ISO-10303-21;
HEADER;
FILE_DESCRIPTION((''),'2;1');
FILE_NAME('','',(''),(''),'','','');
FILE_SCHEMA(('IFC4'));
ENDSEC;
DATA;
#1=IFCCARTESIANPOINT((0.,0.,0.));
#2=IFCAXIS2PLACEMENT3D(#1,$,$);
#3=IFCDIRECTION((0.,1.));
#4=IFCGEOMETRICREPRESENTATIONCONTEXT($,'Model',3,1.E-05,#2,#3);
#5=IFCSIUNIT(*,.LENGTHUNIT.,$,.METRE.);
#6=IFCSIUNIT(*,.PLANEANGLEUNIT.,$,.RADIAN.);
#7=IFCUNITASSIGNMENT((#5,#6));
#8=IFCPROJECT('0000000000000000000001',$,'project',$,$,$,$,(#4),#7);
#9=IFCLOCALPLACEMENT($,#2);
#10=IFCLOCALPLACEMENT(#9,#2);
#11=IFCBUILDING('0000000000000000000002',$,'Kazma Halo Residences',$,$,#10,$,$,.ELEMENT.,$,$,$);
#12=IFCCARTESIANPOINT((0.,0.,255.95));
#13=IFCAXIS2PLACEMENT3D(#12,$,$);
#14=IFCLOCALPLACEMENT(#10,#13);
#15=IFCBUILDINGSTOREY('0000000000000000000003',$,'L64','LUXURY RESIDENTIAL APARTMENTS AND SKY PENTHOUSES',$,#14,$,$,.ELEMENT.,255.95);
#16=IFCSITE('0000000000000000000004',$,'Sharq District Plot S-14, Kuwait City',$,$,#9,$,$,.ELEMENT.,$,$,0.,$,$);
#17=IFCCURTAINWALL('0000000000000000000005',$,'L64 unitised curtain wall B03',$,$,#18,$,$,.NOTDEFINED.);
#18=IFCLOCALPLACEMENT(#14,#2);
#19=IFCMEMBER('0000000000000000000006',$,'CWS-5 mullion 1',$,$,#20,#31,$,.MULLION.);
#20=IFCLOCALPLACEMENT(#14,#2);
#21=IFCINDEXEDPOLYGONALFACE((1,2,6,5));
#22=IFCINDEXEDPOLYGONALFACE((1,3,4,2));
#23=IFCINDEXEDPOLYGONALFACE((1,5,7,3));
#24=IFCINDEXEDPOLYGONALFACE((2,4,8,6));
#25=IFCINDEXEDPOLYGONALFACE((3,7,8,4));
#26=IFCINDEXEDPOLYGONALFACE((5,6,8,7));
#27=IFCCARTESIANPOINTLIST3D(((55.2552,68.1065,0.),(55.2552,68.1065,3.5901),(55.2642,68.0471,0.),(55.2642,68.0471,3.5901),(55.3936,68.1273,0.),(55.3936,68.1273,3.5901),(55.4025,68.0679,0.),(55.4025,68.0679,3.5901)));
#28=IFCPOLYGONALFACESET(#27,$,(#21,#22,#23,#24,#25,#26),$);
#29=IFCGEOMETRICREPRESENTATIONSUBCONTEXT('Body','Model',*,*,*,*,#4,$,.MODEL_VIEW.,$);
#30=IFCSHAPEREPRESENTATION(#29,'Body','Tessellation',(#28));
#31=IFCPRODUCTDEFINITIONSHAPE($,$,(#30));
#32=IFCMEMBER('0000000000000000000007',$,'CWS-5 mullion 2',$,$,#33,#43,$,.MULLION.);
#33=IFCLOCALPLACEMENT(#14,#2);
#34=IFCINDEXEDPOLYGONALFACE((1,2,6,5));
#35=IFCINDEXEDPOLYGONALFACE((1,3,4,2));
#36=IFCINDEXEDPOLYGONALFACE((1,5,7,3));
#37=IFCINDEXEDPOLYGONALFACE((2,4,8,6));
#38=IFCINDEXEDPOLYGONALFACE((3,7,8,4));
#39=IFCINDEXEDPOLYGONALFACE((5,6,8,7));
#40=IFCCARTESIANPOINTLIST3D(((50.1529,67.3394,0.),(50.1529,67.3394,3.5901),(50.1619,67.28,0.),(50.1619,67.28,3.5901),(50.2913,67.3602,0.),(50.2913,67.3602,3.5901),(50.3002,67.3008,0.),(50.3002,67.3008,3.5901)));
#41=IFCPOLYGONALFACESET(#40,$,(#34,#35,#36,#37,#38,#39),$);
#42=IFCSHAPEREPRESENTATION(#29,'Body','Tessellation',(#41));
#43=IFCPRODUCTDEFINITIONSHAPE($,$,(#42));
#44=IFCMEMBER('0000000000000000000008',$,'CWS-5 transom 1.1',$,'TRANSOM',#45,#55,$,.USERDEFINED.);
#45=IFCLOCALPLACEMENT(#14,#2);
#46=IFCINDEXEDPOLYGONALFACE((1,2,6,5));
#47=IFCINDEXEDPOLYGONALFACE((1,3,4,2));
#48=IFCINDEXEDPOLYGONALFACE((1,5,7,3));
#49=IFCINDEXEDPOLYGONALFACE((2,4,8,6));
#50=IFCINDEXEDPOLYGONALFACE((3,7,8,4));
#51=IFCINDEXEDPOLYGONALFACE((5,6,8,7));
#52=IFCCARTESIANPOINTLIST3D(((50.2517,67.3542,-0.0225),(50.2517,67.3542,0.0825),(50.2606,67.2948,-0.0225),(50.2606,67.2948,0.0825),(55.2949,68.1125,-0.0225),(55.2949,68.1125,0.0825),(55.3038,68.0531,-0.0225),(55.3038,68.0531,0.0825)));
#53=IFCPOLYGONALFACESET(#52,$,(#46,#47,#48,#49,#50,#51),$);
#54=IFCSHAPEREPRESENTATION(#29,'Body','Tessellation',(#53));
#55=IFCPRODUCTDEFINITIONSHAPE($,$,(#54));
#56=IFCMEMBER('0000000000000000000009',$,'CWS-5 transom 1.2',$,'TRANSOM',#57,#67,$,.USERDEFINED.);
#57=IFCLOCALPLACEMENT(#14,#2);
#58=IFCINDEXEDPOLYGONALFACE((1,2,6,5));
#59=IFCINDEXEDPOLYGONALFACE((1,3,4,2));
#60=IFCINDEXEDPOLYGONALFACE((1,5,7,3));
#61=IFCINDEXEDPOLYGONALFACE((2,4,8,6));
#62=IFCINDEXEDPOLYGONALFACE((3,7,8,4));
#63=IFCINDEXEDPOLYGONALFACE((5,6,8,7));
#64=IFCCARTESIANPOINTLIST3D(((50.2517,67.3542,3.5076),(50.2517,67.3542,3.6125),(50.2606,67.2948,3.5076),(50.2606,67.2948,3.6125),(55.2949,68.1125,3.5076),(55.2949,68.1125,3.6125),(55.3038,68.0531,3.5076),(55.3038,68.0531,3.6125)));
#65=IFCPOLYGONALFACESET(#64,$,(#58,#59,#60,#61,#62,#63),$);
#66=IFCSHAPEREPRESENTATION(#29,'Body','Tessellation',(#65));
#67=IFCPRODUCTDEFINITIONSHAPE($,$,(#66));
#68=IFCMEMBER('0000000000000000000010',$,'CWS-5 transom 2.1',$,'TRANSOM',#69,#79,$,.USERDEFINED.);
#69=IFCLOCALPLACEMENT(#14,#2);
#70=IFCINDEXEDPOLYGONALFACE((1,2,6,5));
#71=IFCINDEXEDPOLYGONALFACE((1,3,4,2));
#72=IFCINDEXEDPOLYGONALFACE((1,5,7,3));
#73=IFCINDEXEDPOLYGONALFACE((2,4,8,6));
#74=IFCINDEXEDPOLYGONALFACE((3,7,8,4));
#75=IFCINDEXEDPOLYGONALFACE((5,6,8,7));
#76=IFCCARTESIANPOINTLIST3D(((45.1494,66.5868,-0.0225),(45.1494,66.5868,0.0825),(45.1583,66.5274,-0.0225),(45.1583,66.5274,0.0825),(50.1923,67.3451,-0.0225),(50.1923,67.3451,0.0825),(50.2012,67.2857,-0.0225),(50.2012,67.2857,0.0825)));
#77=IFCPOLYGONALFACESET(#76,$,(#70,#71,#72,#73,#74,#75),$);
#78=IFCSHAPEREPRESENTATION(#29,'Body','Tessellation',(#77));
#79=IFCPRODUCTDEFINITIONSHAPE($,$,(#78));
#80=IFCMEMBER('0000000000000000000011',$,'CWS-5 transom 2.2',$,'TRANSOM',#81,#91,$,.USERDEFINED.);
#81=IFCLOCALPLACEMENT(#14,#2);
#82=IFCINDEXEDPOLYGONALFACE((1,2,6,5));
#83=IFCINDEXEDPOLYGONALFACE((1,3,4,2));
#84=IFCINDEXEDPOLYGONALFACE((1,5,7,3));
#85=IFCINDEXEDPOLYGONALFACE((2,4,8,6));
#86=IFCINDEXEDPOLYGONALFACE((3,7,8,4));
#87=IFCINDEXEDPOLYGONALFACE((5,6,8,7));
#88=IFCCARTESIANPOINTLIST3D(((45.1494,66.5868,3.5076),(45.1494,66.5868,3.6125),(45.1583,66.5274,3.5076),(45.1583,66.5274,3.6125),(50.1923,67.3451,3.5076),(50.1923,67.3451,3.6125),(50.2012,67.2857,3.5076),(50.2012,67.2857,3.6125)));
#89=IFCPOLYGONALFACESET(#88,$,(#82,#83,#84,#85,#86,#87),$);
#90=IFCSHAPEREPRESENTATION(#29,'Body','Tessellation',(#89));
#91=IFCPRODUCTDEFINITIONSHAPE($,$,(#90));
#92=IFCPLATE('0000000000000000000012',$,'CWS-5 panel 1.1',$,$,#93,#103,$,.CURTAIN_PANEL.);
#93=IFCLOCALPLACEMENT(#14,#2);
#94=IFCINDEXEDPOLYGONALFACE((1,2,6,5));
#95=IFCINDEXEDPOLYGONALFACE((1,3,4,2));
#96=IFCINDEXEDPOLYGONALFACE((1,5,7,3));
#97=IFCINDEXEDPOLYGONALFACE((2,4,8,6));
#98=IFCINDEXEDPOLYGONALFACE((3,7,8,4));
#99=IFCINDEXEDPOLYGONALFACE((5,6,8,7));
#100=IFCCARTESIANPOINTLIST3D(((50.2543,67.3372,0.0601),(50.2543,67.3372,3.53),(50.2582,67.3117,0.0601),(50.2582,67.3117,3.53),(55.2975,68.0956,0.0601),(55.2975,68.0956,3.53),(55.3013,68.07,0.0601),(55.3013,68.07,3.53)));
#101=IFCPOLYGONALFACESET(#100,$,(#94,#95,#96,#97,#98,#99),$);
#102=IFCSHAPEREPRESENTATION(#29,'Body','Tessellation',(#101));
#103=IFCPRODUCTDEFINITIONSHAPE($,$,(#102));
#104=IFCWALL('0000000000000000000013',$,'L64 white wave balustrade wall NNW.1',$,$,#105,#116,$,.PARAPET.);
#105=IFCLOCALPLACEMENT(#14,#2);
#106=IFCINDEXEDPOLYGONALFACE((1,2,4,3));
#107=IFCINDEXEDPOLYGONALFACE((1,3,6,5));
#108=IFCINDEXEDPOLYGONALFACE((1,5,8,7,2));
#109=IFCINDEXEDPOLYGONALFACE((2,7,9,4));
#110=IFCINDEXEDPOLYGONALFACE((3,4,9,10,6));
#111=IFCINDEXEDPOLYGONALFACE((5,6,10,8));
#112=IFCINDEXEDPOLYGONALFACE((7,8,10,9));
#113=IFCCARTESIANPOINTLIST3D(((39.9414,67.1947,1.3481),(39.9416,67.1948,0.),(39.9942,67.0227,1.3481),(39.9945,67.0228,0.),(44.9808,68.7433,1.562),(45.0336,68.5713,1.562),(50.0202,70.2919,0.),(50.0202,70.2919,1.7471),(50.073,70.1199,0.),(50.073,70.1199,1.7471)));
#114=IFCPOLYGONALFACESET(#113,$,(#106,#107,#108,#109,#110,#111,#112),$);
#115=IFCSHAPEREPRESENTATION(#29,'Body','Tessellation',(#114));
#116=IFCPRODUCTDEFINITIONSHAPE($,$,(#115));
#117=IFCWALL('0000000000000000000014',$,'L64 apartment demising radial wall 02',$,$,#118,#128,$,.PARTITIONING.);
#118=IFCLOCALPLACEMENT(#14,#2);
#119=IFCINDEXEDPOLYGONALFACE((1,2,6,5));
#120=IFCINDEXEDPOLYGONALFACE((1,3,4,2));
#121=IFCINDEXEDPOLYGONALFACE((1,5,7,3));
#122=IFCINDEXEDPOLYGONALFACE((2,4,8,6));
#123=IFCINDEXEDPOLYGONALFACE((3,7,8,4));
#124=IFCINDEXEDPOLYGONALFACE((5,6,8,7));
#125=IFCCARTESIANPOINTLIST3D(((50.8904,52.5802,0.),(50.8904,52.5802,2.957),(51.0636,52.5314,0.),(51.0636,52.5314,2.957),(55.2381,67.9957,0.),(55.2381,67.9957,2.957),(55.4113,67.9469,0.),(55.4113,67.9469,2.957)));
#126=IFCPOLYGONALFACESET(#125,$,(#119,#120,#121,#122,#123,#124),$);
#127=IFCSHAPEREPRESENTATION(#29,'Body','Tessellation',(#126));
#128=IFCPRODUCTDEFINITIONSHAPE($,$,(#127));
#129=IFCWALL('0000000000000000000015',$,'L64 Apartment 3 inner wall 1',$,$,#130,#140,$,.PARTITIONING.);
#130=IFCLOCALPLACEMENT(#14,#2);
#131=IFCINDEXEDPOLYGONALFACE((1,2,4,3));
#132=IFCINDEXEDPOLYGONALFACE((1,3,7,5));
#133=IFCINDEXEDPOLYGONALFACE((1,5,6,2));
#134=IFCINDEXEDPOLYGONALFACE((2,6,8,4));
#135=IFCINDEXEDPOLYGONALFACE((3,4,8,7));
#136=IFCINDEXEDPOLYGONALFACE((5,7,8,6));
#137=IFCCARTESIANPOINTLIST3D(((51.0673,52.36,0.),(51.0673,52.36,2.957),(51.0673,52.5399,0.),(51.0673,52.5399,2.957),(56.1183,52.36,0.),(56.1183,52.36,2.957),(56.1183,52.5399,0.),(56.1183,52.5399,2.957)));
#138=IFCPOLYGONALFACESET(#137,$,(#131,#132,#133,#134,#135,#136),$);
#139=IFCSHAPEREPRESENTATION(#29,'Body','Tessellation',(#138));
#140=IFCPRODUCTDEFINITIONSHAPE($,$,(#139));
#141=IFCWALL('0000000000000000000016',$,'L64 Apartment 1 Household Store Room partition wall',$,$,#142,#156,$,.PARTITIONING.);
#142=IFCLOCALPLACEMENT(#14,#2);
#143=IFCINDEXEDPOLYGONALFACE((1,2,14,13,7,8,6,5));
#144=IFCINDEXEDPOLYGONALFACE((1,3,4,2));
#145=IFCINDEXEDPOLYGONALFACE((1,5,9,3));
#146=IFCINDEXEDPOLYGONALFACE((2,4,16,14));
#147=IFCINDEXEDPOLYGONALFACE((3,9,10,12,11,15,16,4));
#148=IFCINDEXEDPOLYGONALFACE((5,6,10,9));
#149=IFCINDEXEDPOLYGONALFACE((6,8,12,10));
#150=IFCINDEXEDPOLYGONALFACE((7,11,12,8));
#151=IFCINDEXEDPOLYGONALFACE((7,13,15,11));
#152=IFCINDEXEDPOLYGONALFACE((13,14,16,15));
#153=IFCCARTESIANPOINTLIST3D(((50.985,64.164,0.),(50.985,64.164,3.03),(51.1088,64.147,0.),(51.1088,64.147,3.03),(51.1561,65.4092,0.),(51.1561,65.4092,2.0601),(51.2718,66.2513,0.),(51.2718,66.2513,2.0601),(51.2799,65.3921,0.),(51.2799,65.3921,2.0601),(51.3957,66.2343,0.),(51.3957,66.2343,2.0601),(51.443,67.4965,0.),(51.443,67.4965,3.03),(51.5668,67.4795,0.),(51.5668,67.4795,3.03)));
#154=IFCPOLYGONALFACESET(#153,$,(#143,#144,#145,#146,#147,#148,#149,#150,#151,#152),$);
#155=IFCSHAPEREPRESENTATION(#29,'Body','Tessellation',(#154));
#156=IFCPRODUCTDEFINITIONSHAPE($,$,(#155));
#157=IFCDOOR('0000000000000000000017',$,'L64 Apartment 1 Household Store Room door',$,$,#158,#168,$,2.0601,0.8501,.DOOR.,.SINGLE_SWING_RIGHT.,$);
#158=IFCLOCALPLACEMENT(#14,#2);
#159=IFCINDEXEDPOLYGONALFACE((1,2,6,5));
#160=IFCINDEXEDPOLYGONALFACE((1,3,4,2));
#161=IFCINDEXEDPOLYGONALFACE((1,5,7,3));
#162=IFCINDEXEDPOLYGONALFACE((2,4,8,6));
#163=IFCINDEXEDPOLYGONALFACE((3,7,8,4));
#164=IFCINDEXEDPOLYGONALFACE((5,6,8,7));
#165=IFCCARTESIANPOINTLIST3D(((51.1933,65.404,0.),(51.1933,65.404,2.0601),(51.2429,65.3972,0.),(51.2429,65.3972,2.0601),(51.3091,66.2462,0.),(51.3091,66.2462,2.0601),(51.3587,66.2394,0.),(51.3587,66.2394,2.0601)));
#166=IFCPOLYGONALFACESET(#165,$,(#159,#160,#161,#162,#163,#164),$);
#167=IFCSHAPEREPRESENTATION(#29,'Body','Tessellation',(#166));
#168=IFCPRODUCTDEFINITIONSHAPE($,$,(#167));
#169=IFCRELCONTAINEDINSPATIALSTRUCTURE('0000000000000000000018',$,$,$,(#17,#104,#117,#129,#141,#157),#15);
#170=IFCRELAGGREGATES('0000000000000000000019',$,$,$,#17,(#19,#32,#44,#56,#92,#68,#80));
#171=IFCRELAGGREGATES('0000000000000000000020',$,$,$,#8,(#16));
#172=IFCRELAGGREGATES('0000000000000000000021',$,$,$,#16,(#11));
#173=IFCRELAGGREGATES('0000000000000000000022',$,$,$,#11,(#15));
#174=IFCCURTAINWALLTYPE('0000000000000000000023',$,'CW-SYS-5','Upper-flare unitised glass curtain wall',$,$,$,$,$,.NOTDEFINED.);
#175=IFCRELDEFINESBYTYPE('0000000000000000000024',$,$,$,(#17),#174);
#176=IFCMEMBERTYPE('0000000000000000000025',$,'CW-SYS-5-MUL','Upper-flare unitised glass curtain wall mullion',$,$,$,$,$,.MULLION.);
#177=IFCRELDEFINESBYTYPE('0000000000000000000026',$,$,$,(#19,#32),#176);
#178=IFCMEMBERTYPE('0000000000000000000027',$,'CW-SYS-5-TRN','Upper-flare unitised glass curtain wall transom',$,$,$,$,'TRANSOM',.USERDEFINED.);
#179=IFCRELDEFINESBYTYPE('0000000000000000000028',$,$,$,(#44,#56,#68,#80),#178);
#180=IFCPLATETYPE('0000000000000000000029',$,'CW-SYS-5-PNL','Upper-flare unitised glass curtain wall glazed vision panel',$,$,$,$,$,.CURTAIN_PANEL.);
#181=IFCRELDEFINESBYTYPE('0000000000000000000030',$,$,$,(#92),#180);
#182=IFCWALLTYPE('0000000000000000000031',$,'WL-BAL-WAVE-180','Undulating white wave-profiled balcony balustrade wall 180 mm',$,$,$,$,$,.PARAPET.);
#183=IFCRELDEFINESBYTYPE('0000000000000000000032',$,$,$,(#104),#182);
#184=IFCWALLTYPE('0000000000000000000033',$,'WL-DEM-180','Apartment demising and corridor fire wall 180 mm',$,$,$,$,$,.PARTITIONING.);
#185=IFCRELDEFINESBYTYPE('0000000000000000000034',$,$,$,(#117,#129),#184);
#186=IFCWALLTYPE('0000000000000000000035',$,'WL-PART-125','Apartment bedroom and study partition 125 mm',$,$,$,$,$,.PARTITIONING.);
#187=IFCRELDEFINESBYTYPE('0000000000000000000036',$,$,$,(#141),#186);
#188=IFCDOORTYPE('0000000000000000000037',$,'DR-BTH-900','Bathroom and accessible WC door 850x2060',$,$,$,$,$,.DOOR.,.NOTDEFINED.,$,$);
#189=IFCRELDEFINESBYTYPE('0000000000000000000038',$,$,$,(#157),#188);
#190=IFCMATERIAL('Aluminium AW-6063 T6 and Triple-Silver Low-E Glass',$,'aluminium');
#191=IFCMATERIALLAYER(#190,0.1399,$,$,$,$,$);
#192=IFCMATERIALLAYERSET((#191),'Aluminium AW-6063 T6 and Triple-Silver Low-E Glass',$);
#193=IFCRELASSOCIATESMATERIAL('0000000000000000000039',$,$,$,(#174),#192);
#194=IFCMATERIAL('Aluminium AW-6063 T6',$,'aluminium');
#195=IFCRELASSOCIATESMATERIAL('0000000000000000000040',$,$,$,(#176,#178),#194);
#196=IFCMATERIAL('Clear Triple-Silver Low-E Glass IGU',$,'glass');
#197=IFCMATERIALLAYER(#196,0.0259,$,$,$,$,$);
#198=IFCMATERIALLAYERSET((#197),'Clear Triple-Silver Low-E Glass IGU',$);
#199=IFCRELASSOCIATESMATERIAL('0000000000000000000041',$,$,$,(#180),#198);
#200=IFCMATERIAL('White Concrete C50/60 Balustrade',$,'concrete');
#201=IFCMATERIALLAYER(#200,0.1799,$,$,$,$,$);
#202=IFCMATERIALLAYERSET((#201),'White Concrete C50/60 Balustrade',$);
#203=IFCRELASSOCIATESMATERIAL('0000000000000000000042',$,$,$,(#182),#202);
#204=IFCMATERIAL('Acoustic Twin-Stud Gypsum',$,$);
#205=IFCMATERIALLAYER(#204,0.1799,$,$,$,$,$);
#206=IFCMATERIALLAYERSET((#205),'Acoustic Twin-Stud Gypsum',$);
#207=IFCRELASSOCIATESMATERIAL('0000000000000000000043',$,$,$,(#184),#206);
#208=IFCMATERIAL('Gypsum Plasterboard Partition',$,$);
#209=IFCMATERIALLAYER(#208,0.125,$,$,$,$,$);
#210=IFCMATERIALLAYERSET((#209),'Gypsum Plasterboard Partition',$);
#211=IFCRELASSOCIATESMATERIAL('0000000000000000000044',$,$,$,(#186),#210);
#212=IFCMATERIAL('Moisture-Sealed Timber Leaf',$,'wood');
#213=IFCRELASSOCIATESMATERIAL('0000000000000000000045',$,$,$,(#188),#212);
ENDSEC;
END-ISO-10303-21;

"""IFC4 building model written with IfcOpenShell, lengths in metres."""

from ifc_helpers import new_model, si_unit, direction, frame, frame_2d, origin, origin_2d, place, context, subcontext, project, spatial, polyline, rectangle, outline, extrude, material, layer, layer_set, material_profile, profile_set, type_object, element, fill, aggregate, save


model = new_model("IFC4")

# Units and contexts
model_context = context("Model", 3, precision=1e-05, world=origin(), true_north=direction((0.0, 1.0)))
body_context = subcontext(model_context, "Body", "Model", "MODEL_VIEW")
ifc_project = project(units=[si_unit("LENGTHUNIT", "METRE"), si_unit("PLANEANGLEUNIT", "RADIAN")], contexts=[model_context])

# Site, building, storey
site_placement = place(None, origin())
site = spatial("IfcSite", under=ifc_project, at=site_placement, Name="Sharq District Plot S-14, Kuwait City", CompositionType="ELEMENT", RefElevation=0.0)
building_placement = place(site_placement, origin())
building = spatial("IfcBuilding", under=site, at=building_placement, Name="Kazma Halo Residences", CompositionType="ELEMENT")
storey_placement = place(building_placement, frame((0.0, 0.0, 255.95)))
storey = spatial("IfcBuildingStorey", under=building, at=storey_placement, Name="L64", Description="LUXURY RESIDENTIAL APARTMENTS AND SKY PENTHOUSES", CompositionType="ELEMENT", Elevation=255.95)

# Curtain wall, members, plate
ifc_material_1 = material(Name="Aluminium AW-6063 T6 and Triple-Silver Low-E Glass", Category="aluminium")
ifc_layer_1 = layer(ifc_material_1, 0.1399)
ifc_layer_set_1 = layer_set([ifc_layer_1], Name="Aluminium AW-6063 T6 and Triple-Silver Low-E Glass")
curtain_wall_type = type_object("IfcCurtainWallType", Name="CW-SYS-5", Description="Upper-flare unitised glass curtain wall", PredefinedType="NOTDEFINED", material=ifc_layer_set_1)
curtain_wall_placement = place(storey_placement, origin())
curtain_wall = element("IfcCurtainWall", 1, at=curtain_wall_placement, inside=storey, type_object=curtain_wall_type, Name="L64 unitised curtain wall B03", PredefinedType="NOTDEFINED")
ifc_material_2 = material(Name="Aluminium AW-6063 T6", Category="aluminium")
ifc_material_profile_1 = material_profile(ifc_material_2, rectangle(XDim=0.0601, YDim=0.1399, at=origin_2d()), Name="CWM-60x140")
ifc_profile_set_1 = profile_set([ifc_material_profile_1], Name="Aluminium AW-6063 T6")
member_type_1 = type_object("IfcMemberType", Name="CW-SYS-5-MUL", Description="Upper-flare unitised glass curtain wall mullion", PredefinedType="MULLION", material=ifc_profile_set_1)
member_1_placement = place(storey_placement, frame((55.3289, 68.0872, 0.0), z_axis=(0.0, 0.0, 1.0), x_axis=(0.148697, -0.988883, 0.0)))
member_1 = element("IfcMember", 2, at=member_1_placement, type_object=member_type_1, Name="CWS-5 mullion 1", PredefinedType="MULLION", context=body_context, shape_type="SweptSolid", body=[
    extrude(rectangle(XDim=0.0601, YDim=0.1399, at=origin_2d()), origin(), (0.0, 0.0, 1.0), 3.5901),
])
member_2_placement = place(storey_placement, frame((50.2266, 67.3201, 0.0), z_axis=(0.0, 0.0, 1.0), x_axis=(0.148697, -0.988883, 0.0)))
member_2 = element("IfcMember", 3, at=member_2_placement, type_object=member_type_1, Name="CWS-5 mullion 2", PredefinedType="MULLION", context=body_context, shape_type="SweptSolid", body=[
    extrude(rectangle(XDim=0.0601, YDim=0.1399, at=origin_2d()), origin(), (0.0, 0.0, 1.0), 3.5901),
])
ifc_material_profile_2 = material_profile(ifc_material_2, rectangle(XDim=0.0601, YDim=0.105, at=origin_2d()), Name="CWT-60x105")
ifc_profile_set_2 = profile_set([ifc_material_profile_2], Name="Aluminium AW-6063 T6")
member_type_2 = type_object("IfcMemberType", Name="CW-SYS-5-TRN", Description="Upper-flare unitised glass curtain wall transom", ElementType="TRANSOM", PredefinedType="USERDEFINED", material=ifc_profile_set_2)
member_3_placement = place(storey_placement, frame((55.2993, 68.0828, 0.03), z_axis=(-0.988884, -0.148689, 0.0), x_axis=(0.148689, -0.988884, 0.0)))
member_3 = element("IfcMember", 4, at=member_3_placement, type_object=member_type_2, Name="CWS-5 transom 1.1", ObjectType="TRANSOM", PredefinedType="USERDEFINED", context=body_context, shape_type="SweptSolid", body=[
    extrude(rectangle(XDim=0.0601, YDim=0.105, at=origin_2d()), origin(), (0.0, 0.0, 1.0), 5.0999),
])
member_4_placement = place(storey_placement, frame((55.2993, 68.0828, 3.5601), z_axis=(-0.988884, -0.148689, 0.0), x_axis=(0.148689, -0.988884, 0.0)))
member_4 = element("IfcMember", 5, at=member_4_placement, type_object=member_type_2, Name="CWS-5 transom 1.2", ObjectType="TRANSOM", PredefinedType="USERDEFINED", context=body_context, shape_type="SweptSolid", body=[
    extrude(rectangle(XDim=0.0601, YDim=0.105, at=origin_2d()), origin(), (0.0, 0.0, 1.0), 5.0999),
])
member_5_placement = place(storey_placement, frame((50.1968, 67.3154, 0.03), z_axis=(-0.988883, -0.148696, 0.0), x_axis=(0.148696, -0.988883, 0.0)))
member_5 = element("IfcMember", 6, at=member_5_placement, type_object=member_type_2, Name="CWS-5 transom 2.1", ObjectType="TRANSOM", PredefinedType="USERDEFINED", context=body_context, shape_type="SweptSolid", body=[
    extrude(rectangle(XDim=0.0601, YDim=0.105, at=origin_2d()), origin(), (0.0, 0.0, 1.0), 5.0996),
])
member_6_placement = place(storey_placement, frame((50.1968, 67.3154, 3.5601), z_axis=(-0.988883, -0.148696, 0.0), x_axis=(0.148696, -0.988883, 0.0)))
member_6 = element("IfcMember", 7, at=member_6_placement, type_object=member_type_2, Name="CWS-5 transom 2.2", ObjectType="TRANSOM", PredefinedType="USERDEFINED", context=body_context, shape_type="SweptSolid", body=[
    extrude(rectangle(XDim=0.0601, YDim=0.105, at=origin_2d()), origin(), (0.0, 0.0, 1.0), 5.0996),
])
ifc_material_3 = material(Name="Clear Triple-Silver Low-E Glass IGU", Category="glass")
ifc_layer_2 = layer(ifc_material_3, 0.0259)
ifc_layer_set_2 = layer_set([ifc_layer_2], Name="Clear Triple-Silver Low-E Glass IGU")
plate_type = type_object("IfcPlateType", Name="CW-SYS-5-PNL", Description="Upper-flare unitised glass curtain wall glazed vision panel", PredefinedType="CURTAIN_PANEL", material=ifc_layer_set_2)
plate_placement = place(storey_placement, frame((52.7778, 67.7036, 0.0601), z_axis=(0.0, 0.0, 1.0), x_axis=(-0.988883, -0.148697, 0.0)))
plate = element("IfcPlate", 8, at=plate_placement, type_object=plate_type, Name="CWS-5 panel 1.1", PredefinedType="CURTAIN_PANEL", context=body_context, shape_type="SweptSolid", body=[
    extrude(rectangle(XDim=5.0999, YDim=0.0259, at=origin_2d()), origin(), (0.0, 0.0, 1.0), 3.47),
])
aggregate(curtain_wall, [member_1, member_2, member_3, member_4, plate, member_5, member_6])

# Walls
ifc_material_4 = material(Name="White Concrete C50/60 Balustrade", Category="concrete")
ifc_layer_3 = layer(ifc_material_4, 0.1799)
ifc_layer_set_3 = layer_set([ifc_layer_3], Name="White Concrete C50/60 Balustrade")
wall_type_1 = type_object("IfcWallType", Name="WL-BAL-WAVE-180", Description="Undulating white wave-profiled balcony balustrade wall 180 mm", PredefinedType="PARAPET", material=ifc_layer_set_3)
wall_1_placement = place(storey_placement, frame((50.0466, 70.2058, 0.0), z_axis=(0.0, 0.0, 1.0), x_axis=(-0.955884, -0.293744, 0.0)))
element("IfcWall", 9, at=wall_1_placement, inside=storey, type_object=wall_type_1, Name="L64 white wave balustrade wall NNW.1", PredefinedType="PARAPET", context=body_context, shape_type="SweptSolid", body=[
    extrude(outline(polyline([(0.0, 0.0), (10.5437, 0.0), (10.5439, 1.3481), (5.272, 1.562), (0.0, 1.7471), (0.0, 0.0)])), frame((0.0, 0.0898, 0.0), z_axis=(0.0, -1.0, 0.0), x_axis=(1.0, 0.0, 0.0)), (0.0, 0.0, 1.0), 0.1799),
])
ifc_material_5 = material(Name="Acoustic Twin-Stud Gypsum")
ifc_layer_4 = layer(ifc_material_5, 0.1799)
ifc_layer_set_4 = layer_set([ifc_layer_4], Name="Acoustic Twin-Stud Gypsum")
wall_type_2 = type_object("IfcWallType", Name="WL-DEM-180", Description="Apartment demising and corridor fire wall 180 mm", PredefinedType="PARTITIONING", material=ifc_layer_set_4)
wall_2_placement = place(storey_placement, frame((50.9771, 52.5559, 0.0), z_axis=(0.0, 0.0, 1.0), x_axis=(0.271442, 0.962455, 0.0)))
element("IfcWall", 10, at=wall_2_placement, inside=storey, type_object=wall_type_2, Name="L64 apartment demising radial wall 02", PredefinedType="PARTITIONING", context=body_context, shape_type="SweptSolid", body=[
    extrude(rectangle(XDim=16.0168, YDim=0.1799, at=frame_2d((8.0083, 0.0))), origin(), (0.0, 0.0, 1.0), 2.957),
])
wall_3_placement = place(storey_placement, frame((56.1182, 52.45, 0.0), z_axis=(0.0, 0.0, 1.0), x_axis=(-1.0, 0.0, 0.0)))
element("IfcWall", 11, at=wall_3_placement, inside=storey, type_object=wall_type_2, Name="L64 Apartment 3 inner wall 1", PredefinedType="PARTITIONING", context=body_context, shape_type="SweptSolid", body=[
    extrude(rectangle(XDim=5.051, YDim=0.1799, at=frame_2d((2.5254, 0.0))), origin(), (0.0, 0.0, 1.0), 2.957),
])

# Wall, opening, door
ifc_material_6 = material(Name="Gypsum Plasterboard Partition")
ifc_layer_5 = layer(ifc_material_6, 0.125)
ifc_layer_set_5 = layer_set([ifc_layer_5], Name="Gypsum Plasterboard Partition")
wall_type_3 = type_object("IfcWallType", Name="WL-PART-125", Description="Apartment bedroom and study partition 125 mm", PredefinedType="PARTITIONING", material=ifc_layer_set_5)
wall_4_placement = place(storey_placement, frame((51.0469, 64.1555, 0.0), z_axis=(0.0, 0.0, 1.0), x_axis=(0.136156, 0.990687, 0.0)))
wall_4 = element("IfcWall", 12, at=wall_4_placement, inside=storey, type_object=wall_type_3, Name="L64 Apartment 1 Household Store Room partition wall", PredefinedType="PARTITIONING", context=body_context, shape_type="SweptSolid", body=[
    extrude(rectangle(XDim=3.3638, YDim=0.125, at=frame_2d((1.6819, 0.0))), origin(), (0.0, 0.0, 1.0), 3.03),
])
opening_1_placement = place(wall_4_placement, frame((1.2568, 0.0, 0.0)))
opening_1 = element("IfcOpeningElement", 13, at=opening_1_placement, cuts=wall_4, PredefinedType="OPENING", context=body_context, shape_type="SweptSolid", body=[
    extrude(rectangle(XDim=0.8501, YDim=2.0601, at=frame_2d((0.425, 1.03))), frame((0.0, 0.0725, 0.0), z_axis=(0.0, -1.0, 0.0), x_axis=(1.0, 0.0, 0.0)), (0.0, 0.0, 1.0), 0.145),
])
ifc_material_7 = material(Name="Moisture-Sealed Timber Leaf", Category="wood")
door_type = type_object("IfcDoorType", Name="DR-BTH-900", Description="Bathroom and accessible WC door 850x2060", OperationType="NOTDEFINED", PredefinedType="DOOR", material=ifc_material_7)
door_1_placement = place(opening_1_placement, origin())
door_1 = element("IfcDoor", 14, at=door_1_placement, inside=storey, type_object=door_type, Name="L64 Apartment 1 Household Store Room door", OperationType="SINGLE_SWING_RIGHT", OverallHeight=2.0601, OverallWidth=0.8501, PredefinedType="DOOR", context=body_context, shape_type="SweptSolid", body=[
    extrude(rectangle(XDim=0.8501, YDim=2.0601, at=frame_2d((0.425, 1.03))), frame((0.0, 0.0249, 0.0), z_axis=(0.0, -1.0, 0.0), x_axis=(1.0, 0.0, 0.0)), (0.0, 0.0, 1.0), 0.05),
])
fill(opening_1, door_1)

save(model, "model.ifc")
